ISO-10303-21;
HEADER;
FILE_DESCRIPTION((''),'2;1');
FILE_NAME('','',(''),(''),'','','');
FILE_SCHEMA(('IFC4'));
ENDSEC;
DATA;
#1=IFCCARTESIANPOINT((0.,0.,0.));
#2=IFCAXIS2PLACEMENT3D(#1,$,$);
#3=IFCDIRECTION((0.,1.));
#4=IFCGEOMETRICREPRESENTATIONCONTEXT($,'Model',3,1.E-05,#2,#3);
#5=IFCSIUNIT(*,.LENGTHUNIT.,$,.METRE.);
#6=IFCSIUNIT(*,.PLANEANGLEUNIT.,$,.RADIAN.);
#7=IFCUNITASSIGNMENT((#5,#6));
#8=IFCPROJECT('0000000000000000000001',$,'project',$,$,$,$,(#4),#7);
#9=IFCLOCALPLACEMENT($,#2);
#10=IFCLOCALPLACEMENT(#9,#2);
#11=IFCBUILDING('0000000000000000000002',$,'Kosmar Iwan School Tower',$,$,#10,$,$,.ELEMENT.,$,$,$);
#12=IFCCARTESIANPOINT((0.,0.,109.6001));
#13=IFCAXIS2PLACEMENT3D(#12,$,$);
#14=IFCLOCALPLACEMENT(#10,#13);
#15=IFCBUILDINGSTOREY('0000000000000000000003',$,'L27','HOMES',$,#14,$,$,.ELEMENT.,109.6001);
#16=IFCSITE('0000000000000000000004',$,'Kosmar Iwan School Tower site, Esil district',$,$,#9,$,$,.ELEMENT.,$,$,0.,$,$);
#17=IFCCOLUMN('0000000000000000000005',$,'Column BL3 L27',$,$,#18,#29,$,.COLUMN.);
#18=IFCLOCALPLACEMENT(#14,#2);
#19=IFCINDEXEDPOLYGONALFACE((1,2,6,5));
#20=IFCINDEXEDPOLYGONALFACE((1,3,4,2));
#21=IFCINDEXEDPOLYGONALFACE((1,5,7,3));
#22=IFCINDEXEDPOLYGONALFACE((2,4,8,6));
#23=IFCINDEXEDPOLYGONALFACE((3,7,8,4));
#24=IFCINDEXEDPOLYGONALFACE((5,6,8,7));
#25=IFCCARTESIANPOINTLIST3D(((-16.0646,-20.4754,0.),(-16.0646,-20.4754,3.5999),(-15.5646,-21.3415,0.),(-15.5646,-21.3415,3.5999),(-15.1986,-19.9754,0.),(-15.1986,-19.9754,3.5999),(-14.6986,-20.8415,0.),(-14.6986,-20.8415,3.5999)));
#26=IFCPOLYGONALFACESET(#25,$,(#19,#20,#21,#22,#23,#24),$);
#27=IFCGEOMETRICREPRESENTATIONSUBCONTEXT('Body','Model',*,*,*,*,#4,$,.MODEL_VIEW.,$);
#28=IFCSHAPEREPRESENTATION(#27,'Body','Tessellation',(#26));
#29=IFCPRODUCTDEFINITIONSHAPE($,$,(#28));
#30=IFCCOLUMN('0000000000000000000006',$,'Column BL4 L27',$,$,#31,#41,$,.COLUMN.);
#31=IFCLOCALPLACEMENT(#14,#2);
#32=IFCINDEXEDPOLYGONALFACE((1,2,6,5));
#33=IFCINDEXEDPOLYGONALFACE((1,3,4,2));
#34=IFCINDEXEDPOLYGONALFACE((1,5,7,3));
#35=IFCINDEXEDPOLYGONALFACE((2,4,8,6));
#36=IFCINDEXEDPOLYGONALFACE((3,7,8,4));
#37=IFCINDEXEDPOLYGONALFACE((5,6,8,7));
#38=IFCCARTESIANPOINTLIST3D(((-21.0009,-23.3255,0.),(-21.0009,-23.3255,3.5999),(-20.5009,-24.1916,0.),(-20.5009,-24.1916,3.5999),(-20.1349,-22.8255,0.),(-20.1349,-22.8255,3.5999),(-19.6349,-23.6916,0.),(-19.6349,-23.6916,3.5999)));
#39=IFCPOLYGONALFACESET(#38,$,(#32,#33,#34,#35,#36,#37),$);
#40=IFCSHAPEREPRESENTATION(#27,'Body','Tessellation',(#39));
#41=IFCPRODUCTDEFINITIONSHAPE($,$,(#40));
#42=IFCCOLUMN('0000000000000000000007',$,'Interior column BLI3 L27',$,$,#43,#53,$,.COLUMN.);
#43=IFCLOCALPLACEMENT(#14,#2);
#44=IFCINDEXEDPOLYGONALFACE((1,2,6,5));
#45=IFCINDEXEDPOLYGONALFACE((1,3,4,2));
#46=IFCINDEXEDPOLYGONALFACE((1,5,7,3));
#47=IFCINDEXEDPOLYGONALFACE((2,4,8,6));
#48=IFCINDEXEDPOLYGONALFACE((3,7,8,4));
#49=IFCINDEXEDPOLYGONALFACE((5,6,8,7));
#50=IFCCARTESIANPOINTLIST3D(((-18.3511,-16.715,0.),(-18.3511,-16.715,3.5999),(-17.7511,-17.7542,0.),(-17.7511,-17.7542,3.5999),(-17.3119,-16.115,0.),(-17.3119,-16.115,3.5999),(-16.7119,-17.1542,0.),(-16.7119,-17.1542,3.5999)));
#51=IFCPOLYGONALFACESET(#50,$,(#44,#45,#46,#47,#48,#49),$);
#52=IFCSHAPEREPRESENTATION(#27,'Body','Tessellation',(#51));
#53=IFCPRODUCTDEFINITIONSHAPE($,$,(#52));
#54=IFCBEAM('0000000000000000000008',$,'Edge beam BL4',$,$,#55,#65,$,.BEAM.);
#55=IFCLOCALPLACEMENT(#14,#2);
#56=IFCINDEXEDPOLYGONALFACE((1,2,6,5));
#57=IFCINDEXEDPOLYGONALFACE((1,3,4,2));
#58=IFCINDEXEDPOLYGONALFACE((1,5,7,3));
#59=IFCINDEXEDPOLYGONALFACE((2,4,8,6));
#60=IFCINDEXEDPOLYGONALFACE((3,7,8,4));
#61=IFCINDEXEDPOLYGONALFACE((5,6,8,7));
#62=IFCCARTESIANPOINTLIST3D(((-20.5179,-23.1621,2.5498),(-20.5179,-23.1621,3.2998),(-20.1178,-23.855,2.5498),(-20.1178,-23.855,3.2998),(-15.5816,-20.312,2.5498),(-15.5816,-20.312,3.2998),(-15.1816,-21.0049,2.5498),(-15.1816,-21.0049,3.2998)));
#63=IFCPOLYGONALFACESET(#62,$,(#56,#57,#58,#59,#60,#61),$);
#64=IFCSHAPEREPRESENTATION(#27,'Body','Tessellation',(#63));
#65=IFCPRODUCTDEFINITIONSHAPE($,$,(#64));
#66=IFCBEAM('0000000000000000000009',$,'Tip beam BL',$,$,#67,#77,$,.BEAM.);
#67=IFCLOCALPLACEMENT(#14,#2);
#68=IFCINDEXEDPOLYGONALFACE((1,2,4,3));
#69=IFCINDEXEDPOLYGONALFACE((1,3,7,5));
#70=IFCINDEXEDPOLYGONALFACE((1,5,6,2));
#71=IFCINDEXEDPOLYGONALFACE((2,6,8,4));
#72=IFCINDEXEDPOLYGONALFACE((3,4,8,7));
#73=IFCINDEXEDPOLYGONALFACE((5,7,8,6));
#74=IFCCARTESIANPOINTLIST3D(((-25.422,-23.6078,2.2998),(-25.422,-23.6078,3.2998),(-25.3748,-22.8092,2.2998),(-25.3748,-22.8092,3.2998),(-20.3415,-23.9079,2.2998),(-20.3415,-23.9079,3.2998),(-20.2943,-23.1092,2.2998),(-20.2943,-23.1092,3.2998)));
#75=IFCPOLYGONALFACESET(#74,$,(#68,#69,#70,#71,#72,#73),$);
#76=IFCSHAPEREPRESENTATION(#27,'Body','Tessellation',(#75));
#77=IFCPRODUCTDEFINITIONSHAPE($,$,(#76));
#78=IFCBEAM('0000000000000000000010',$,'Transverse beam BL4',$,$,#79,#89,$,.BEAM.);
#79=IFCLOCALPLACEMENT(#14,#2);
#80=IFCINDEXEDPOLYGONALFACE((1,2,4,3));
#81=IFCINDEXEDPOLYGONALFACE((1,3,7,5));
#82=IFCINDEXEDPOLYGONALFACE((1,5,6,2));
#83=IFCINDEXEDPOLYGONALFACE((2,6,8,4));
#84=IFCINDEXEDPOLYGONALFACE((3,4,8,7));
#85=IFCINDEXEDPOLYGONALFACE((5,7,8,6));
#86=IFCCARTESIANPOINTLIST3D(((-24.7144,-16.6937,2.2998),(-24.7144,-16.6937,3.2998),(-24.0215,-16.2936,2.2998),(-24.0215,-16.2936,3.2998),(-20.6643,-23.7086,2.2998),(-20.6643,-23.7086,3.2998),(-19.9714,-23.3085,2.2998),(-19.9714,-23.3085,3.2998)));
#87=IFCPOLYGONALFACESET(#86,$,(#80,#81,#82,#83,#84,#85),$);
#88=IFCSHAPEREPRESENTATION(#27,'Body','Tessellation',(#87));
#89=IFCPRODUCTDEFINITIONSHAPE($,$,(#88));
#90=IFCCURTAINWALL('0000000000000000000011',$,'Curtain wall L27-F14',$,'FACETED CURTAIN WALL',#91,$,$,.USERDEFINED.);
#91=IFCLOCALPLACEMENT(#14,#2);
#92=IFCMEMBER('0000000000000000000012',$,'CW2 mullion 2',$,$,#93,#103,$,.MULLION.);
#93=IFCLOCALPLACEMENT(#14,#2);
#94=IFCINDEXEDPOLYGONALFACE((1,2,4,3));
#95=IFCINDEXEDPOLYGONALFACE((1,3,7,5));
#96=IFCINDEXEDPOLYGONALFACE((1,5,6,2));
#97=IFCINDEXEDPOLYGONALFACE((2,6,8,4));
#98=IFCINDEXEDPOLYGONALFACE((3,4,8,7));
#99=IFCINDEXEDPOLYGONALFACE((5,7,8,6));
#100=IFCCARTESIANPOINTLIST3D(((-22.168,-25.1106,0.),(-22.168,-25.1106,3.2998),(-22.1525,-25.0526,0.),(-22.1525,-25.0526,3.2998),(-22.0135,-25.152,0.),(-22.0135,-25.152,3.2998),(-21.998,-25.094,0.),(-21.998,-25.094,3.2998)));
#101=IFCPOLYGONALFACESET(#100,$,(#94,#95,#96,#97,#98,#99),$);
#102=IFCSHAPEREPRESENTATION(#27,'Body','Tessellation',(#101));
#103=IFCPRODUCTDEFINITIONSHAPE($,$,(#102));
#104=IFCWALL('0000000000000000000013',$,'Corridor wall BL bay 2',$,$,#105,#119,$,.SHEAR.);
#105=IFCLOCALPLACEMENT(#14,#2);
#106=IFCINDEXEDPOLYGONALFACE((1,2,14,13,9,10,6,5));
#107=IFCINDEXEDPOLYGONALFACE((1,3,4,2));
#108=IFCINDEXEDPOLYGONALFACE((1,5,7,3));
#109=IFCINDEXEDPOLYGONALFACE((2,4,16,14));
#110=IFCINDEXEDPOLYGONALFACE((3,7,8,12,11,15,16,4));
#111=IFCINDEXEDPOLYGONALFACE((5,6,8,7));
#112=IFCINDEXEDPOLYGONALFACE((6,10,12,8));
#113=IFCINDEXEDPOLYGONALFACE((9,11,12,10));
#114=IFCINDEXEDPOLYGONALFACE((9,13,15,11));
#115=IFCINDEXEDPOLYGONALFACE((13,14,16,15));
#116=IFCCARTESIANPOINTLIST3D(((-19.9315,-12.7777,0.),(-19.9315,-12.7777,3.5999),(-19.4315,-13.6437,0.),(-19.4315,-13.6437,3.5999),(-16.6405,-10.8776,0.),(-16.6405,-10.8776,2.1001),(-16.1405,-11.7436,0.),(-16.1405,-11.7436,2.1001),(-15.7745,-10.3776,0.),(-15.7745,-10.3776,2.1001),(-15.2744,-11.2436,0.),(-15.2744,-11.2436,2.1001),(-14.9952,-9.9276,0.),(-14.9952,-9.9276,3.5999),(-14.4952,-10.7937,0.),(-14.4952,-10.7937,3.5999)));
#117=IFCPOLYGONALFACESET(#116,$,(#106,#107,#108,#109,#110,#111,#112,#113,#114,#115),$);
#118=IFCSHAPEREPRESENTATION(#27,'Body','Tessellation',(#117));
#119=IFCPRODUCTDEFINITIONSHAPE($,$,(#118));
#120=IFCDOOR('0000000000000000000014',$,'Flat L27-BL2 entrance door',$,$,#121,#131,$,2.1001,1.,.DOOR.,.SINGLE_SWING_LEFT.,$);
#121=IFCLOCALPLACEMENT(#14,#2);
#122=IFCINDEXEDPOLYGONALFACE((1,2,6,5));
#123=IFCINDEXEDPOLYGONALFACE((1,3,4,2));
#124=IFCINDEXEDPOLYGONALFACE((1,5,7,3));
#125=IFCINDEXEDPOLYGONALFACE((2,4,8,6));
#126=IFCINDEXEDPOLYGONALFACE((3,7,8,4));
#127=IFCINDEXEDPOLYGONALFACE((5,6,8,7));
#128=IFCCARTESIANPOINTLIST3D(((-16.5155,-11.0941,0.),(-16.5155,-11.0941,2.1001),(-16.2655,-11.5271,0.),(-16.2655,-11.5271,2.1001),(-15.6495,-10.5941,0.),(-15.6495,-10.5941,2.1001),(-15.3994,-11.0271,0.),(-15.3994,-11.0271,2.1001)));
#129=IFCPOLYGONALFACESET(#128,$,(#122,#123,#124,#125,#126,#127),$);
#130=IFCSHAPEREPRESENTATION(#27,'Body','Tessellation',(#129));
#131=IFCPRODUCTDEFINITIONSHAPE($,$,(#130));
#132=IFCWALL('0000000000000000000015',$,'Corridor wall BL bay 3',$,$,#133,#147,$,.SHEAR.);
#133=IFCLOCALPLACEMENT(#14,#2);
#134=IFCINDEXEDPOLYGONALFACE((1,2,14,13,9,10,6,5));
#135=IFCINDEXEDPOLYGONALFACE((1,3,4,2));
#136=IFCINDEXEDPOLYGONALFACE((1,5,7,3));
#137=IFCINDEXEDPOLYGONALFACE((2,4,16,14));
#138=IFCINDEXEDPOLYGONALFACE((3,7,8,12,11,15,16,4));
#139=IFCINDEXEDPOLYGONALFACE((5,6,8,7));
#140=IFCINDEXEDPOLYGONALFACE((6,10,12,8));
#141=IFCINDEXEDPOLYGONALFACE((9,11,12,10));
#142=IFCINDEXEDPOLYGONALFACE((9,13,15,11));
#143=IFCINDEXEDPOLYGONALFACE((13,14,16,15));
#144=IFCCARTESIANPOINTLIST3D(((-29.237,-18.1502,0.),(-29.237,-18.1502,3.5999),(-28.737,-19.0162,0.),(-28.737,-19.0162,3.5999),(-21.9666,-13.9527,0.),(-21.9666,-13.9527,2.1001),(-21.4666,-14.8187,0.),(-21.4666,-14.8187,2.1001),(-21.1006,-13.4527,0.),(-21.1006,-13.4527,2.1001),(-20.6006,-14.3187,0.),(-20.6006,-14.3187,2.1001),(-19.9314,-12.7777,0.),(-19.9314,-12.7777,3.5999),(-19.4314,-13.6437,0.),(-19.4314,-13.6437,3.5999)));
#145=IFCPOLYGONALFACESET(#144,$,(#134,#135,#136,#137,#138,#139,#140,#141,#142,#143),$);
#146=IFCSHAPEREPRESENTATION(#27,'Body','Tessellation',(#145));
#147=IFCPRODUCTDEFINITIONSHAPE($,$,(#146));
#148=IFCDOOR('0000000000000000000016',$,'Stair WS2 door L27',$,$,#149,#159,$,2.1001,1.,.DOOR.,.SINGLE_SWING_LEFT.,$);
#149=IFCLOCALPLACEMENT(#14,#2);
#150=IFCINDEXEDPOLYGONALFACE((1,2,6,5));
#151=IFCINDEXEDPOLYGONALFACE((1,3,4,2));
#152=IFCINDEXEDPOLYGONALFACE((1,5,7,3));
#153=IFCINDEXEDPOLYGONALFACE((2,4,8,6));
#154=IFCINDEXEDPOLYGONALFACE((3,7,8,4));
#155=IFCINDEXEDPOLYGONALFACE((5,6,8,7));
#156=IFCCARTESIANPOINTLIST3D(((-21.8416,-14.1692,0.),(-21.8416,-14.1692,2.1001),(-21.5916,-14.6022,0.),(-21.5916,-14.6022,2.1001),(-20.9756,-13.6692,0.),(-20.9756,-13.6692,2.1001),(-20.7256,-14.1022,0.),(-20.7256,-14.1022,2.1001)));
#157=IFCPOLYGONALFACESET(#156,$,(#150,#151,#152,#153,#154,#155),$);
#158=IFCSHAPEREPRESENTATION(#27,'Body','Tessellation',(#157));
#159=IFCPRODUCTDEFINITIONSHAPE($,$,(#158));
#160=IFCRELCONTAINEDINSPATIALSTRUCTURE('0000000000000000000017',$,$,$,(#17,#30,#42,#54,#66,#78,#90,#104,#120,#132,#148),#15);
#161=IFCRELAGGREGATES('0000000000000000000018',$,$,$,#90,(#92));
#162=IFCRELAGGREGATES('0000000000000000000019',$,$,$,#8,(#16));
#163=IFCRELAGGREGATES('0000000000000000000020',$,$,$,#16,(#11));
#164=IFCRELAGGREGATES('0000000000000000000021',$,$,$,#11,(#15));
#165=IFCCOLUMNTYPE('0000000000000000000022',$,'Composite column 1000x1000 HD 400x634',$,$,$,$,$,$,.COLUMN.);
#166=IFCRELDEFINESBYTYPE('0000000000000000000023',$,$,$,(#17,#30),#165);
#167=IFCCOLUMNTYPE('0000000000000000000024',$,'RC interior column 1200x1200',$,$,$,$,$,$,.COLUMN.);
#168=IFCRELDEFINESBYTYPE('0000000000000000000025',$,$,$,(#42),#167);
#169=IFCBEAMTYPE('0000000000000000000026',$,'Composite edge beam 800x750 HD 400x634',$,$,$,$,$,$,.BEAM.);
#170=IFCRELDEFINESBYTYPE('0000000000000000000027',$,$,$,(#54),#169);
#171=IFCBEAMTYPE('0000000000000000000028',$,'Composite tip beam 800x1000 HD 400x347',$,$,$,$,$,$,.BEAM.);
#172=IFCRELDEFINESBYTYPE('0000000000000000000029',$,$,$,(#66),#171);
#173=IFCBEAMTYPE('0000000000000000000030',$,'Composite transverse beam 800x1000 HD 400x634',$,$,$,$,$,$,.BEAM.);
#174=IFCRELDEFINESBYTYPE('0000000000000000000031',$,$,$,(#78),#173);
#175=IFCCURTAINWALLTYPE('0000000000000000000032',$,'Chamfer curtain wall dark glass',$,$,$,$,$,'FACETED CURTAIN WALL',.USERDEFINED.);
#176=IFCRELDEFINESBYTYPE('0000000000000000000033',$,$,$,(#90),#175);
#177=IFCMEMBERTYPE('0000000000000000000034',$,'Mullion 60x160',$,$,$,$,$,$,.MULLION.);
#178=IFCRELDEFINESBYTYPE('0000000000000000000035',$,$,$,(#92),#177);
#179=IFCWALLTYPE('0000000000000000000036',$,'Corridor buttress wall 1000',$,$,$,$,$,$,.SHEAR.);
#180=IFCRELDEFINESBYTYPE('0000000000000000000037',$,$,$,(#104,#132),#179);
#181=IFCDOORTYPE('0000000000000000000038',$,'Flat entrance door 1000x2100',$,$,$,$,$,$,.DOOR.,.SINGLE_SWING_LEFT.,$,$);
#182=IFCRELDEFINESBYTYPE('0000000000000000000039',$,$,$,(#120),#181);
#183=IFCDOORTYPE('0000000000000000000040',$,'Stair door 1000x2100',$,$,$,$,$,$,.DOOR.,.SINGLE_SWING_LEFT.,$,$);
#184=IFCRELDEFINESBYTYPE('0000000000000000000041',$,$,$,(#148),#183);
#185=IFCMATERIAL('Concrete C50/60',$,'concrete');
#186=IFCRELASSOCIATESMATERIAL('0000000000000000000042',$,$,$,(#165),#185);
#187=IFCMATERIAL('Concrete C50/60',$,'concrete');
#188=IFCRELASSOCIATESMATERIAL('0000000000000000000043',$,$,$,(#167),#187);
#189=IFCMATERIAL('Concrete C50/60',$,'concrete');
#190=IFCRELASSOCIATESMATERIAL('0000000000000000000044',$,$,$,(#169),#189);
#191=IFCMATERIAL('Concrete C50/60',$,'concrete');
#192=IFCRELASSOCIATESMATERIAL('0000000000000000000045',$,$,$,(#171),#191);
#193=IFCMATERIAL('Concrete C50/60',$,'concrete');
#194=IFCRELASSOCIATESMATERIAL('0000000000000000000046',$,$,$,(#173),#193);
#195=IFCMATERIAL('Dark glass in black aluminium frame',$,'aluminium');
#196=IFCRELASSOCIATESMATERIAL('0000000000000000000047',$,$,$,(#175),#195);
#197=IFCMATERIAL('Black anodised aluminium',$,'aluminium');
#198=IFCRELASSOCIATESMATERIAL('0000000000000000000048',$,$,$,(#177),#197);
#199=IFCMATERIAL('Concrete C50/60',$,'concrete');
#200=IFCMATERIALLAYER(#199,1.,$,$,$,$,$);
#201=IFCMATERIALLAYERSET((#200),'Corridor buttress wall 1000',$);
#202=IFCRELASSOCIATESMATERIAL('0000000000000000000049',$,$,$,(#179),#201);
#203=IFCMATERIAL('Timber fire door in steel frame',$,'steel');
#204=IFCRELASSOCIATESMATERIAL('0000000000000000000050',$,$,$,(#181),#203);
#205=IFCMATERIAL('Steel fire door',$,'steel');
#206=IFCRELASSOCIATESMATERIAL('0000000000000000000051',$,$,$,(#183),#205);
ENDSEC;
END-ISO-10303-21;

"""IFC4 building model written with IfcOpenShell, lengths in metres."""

from ifc_helpers import new_model, si_unit, direction, frame, frame_2d, origin, origin_2d, place, context, subcontext, project, spatial, rectangle, extrude, material, layer, layer_set, material_profile, profile_set, type_object, element, fill, aggregate, save


model = new_model("IFC4")

# Units and contexts
model_context = context("Model", 3, precision=1e-05, world=origin(), true_north=direction((0.0, 1.0)))
body_context = subcontext(model_context, "Body", "Model", "MODEL_VIEW")
ifc_project = project(units=[si_unit("LENGTHUNIT", "METRE"), si_unit("PLANEANGLEUNIT", "RADIAN")], contexts=[model_context])

# Site, building, storey
site_placement = place(None, origin())
site = spatial("IfcSite", under=ifc_project, at=site_placement, Name="Kosmar Iwan School Tower site, Esil district", CompositionType="ELEMENT", RefElevation=0.0)
building_placement = place(site_placement, origin())
building = spatial("IfcBuilding", under=site, at=building_placement, Name="Kosmar Iwan School Tower", CompositionType="ELEMENT")
storey_placement = place(building_placement, frame((0.0, 0.0, 109.6001)))
storey = spatial("IfcBuildingStorey", under=building, at=storey_placement, Name="L27", Description="HOMES", CompositionType="ELEMENT", Elevation=109.6001)

# Columns
ifc_material_1 = material(Name="Concrete C50/60", Category="concrete")
ifc_material_profile_1 = material_profile(ifc_material_1, rectangle(XDim=1.0, YDim=1.0, at=origin_2d()), Name="RC 1000x1000 + HD 400x634")
ifc_profile_set_1 = profile_set([ifc_material_profile_1], Name="Concrete C50/60")
column_type_1 = type_object("IfcColumnType", Name="Composite column 1000x1000 HD 400x634", PredefinedType="COLUMN", material=ifc_profile_set_1)
for number, where, z_axis, x_axis, name in (
    (1, (-15.3816, -20.6584, 0.0), (0.0, 0.0, 1.0), (-0.866025, -0.5, 0.0), "Column BL3 L27"),
    (2, (-20.3179, -23.5085, 0.0), (0.0, 0.0, 1.0), (-0.866025, -0.5, 0.0), "Column BL4 L27"),
):
    element("IfcColumn", number, at=place(storey_placement, frame(where, z_axis=z_axis, x_axis=x_axis)), inside=storey, type_object=column_type_1, Name=name, PredefinedType="COLUMN", context=body_context, shape_type="SweptSolid", body=[
        extrude(rectangle(XDim=1.0, YDim=1.0, at=origin_2d()), origin(), (0.0, 0.0, 1.0), 3.5999),
    ])
ifc_material_2 = material(Name="Concrete C50/60", Category="concrete")
ifc_material_profile_2 = material_profile(ifc_material_2, rectangle(XDim=1.2, YDim=1.2, at=origin_2d()), Name="RC 1200x1200")
ifc_profile_set_2 = profile_set([ifc_material_profile_2], Name="Concrete C50/60")
column_type_2 = type_object("IfcColumnType", Name="RC interior column 1200x1200", PredefinedType="COLUMN", material=ifc_profile_set_2)
column_placement = place(storey_placement, frame((-17.5315, -16.9346, 0.0), z_axis=(0.0, 0.0, 1.0), x_axis=(-0.866025, -0.5, 0.0)))
element("IfcColumn", 3, at=column_placement, inside=storey, type_object=column_type_2, Name="Interior column BLI3 L27", PredefinedType="COLUMN", context=body_context, shape_type="SweptSolid", body=[
    extrude(rectangle(XDim=1.2, YDim=1.2, at=origin_2d()), origin(), (0.0, 0.0, 1.0), 3.5999),
])

# Beams
ifc_material_3 = material(Name="Concrete C50/60", Category="concrete")
ifc_material_profile_3 = material_profile(ifc_material_3, rectangle(XDim=0.8, YDim=0.75, at=origin_2d()), Name="RC 800x750 + HD 400x634")
ifc_profile_set_3 = profile_set([ifc_material_profile_3], Name="Concrete C50/60")
beam_type_1 = type_object("IfcBeamType", Name="Composite edge beam 800x750 HD 400x634", PredefinedType="BEAM", material=ifc_profile_set_3)
beam_1_placement = place(storey_placement, frame((-15.3816, -20.6584, 2.9248), z_axis=(-0.866015, -0.500018, 0.0), x_axis=(0.500018, -0.866015, 0.0)))
element("IfcBeam", 4, at=beam_1_placement, inside=storey, type_object=beam_type_1, Name="Edge beam BL4", PredefinedType="BEAM", context=body_context, shape_type="SweptSolid", body=[
    extrude(rectangle(XDim=0.8, YDim=0.75, at=origin_2d()), origin(), (0.0, 0.0, 1.0), 5.7),
])
ifc_material_4 = material(Name="Concrete C50/60", Category="concrete")
ifc_material_profile_4 = material_profile(ifc_material_4, rectangle(XDim=0.8, YDim=1.0, at=origin_2d()), Name="RC 800x1000 + HD 400x347")
ifc_profile_set_4 = profile_set([ifc_material_profile_4], Name="Concrete C50/60")
beam_type_2 = type_object("IfcBeamType", Name="Composite tip beam 800x1000 HD 400x347", PredefinedType="BEAM", material=ifc_profile_set_4)
beam_2_placement = place(storey_placement, frame((-20.3179, -23.5085, 2.7998), z_axis=(-0.998261, 0.058955, 0.0), x_axis=(-0.058955, -0.998261, 0.0)))
element("IfcBeam", 5, at=beam_2_placement, inside=storey, type_object=beam_type_2, Name="Tip beam BL", PredefinedType="BEAM", context=body_context, shape_type="SweptSolid", body=[
    extrude(rectangle(XDim=0.8, YDim=1.0, at=origin_2d()), origin(), (0.0, 0.0, 1.0), 5.0894),
])
ifc_material_5 = material(Name="Concrete C50/60", Category="concrete")
ifc_material_profile_5 = material_profile(ifc_material_5, rectangle(XDim=0.8, YDim=1.0, at=origin_2d()), Name="RC 800x1000 + HD 400x634")
ifc_profile_set_5 = profile_set([ifc_material_profile_5], Name="Concrete C50/60")
beam_type_3 = type_object("IfcBeamType", Name="Composite transverse beam 800x1000 HD 400x634", PredefinedType="BEAM", material=ifc_profile_set_5)
beam_3_placement = place(storey_placement, frame((-20.3179, -23.5085, 2.7998), z_axis=(-0.5, 0.866025, 0.0), x_axis=(-0.866025, -0.5, 0.0)))
element("IfcBeam", 6, at=beam_3_placement, inside=storey, type_object=beam_type_3, Name="Transverse beam BL4", PredefinedType="BEAM", context=body_context, shape_type="SweptSolid", body=[
    extrude(rectangle(XDim=0.8, YDim=1.0, at=origin_2d()), origin(), (0.0, 0.0, 1.0), 8.1001),
])

# Curtain wall, member
ifc_material_6 = material(Name="Dark glass in black aluminium frame", Category="aluminium")
curtain_wall_type = type_object("IfcCurtainWallType", Name="Chamfer curtain wall dark glass", ElementType="FACETED CURTAIN WALL", PredefinedType="USERDEFINED", material=ifc_material_6)
curtain_wall_placement = place(storey_placement, origin())
curtain_wall = element("IfcCurtainWall", 7, at=curtain_wall_placement, inside=storey, type_object=curtain_wall_type, Name="Curtain wall L27-F14", ObjectType="FACETED CURTAIN WALL", PredefinedType="USERDEFINED")
ifc_material_7 = material(Name="Black anodised aluminium", Category="aluminium")
ifc_material_profile_6 = material_profile(ifc_material_7, rectangle(XDim=0.0601, YDim=0.1599, at=origin_2d()), Name="MULLION 60x160")
ifc_profile_set_6 = profile_set([ifc_material_profile_6], Name="Black anodised aluminium")
member_type = type_object("IfcMemberType", Name="Mullion 60x160", PredefinedType="MULLION", material=ifc_profile_set_6)
member_placement = place(storey_placement, frame((-22.083, -25.1023, 0.0), z_axis=(0.0, 0.0, 1.0), x_axis=(0.258819, 0.965926, 0.0)))
member = element("IfcMember", 8, at=member_placement, type_object=member_type, Name="CW2 mullion 2", PredefinedType="MULLION", context=body_context, shape_type="SweptSolid", body=[
    extrude(rectangle(XDim=0.0601, YDim=0.1599, at=origin_2d()), origin(), (0.0, 0.0, 1.0), 3.2998),
])
aggregate(curtain_wall, [member])

# Walls, openings, doors
ifc_material_8 = material(Name="Concrete C50/60", Category="concrete")
ifc_layer_1 = layer(ifc_material_8, 1.0)
ifc_layer_set_1 = layer_set([ifc_layer_1], Name="Corridor buttress wall 1000")
wall_type_1 = type_object("IfcWallType", Name="Corridor buttress wall 1000", PredefinedType="SHEAR", material=ifc_layer_set_1)
wall_1_placement = place(storey_placement, frame((-14.7451, -10.3606, 0.0), z_axis=(0.0, 0.0, 1.0), x_axis=(-0.866015, -0.500018, 0.0)))
wall_1 = element("IfcWall", 9, at=wall_1_placement, inside=storey, type_object=wall_type_1, Name="Corridor wall BL bay 2", PredefinedType="SHEAR", context=body_context, shape_type="SweptSolid", body=[
    extrude(rectangle(XDim=5.7, YDim=1.0, at=frame_2d((2.8501, 0.0))), origin(), (0.0, 0.0, 1.0), 3.5999),
])
opening_1_placement = place(wall_1_placement, frame((0.8999, 0.0, 0.0)))
opening_1 = element("IfcOpeningElement", 10, at=opening_1_placement, cuts=wall_1, PredefinedType="OPENING", context=body_context, shape_type="SweptSolid", body=[
    extrude(rectangle(XDim=1.0, YDim=2.1001, at=frame_2d((0.5, 1.05))), frame((0.0, 0.512, 0.0), z_axis=(0.0, -1.0, 0.0), x_axis=(1.0, 0.0, 0.0)), (0.0, 0.0, 1.0), 1.0239),
])
ifc_material_9 = material(Name="Timber fire door in steel frame", Category="steel")
door_type_1 = type_object("IfcDoorType", Name="Flat entrance door 1000x2100", OperationType="SINGLE_SWING_LEFT", PredefinedType="DOOR", material=ifc_material_9)
door_1_placement = place(opening_1_placement, origin())
door_1 = element("IfcDoor", 11, at=door_1_placement, inside=storey, type_object=door_type_1, Name="Flat L27-BL2 entrance door", OperationType="SINGLE_SWING_LEFT", OverallHeight=2.1001, OverallWidth=1.0, PredefinedType="DOOR", context=body_context, shape_type="SweptSolid", body=[
    extrude(rectangle(XDim=1.0, YDim=2.1001, at=frame_2d((0.5, 1.05))), frame((0.0, 0.25, 0.0), z_axis=(0.0, -1.0, 0.0), x_axis=(1.0, 0.0, 0.0)), (0.0, 0.0, 1.0), 0.5),
])
fill(opening_1, door_1)
wall_2_placement = place(storey_placement, frame((-19.6814, -13.2107, 0.0), z_axis=(0.0, 0.0, 1.0), x_axis=(-0.866028, -0.499995, 0.0)))
wall_2 = element("IfcWall", 12, at=wall_2_placement, inside=storey, type_object=wall_type_1, Name="Corridor wall BL bay 3", PredefinedType="SHEAR", context=body_context, shape_type="SweptSolid", body=[
    extrude(rectangle(XDim=10.7451, YDim=1.0, at=frame_2d((5.3726, 0.0))), origin(), (0.0, 0.0, 1.0), 3.5999),
])
opening_2_placement = place(wall_2_placement, frame((1.3501, 0.0, 0.0)))
opening_2 = element("IfcOpeningElement", 13, at=opening_2_placement, cuts=wall_2, PredefinedType="OPENING", context=body_context, shape_type="SweptSolid", body=[
    extrude(rectangle(XDim=1.0, YDim=2.1001, at=frame_2d((0.5, 1.05))), frame((0.0, 0.512, 0.0), z_axis=(0.0, -1.0, 0.0), x_axis=(1.0, 0.0, 0.0)), (0.0, 0.0, 1.0), 1.0239),
])
ifc_material_10 = material(Name="Steel fire door", Category="steel")
door_type_2 = type_object("IfcDoorType", Name="Stair door 1000x2100", OperationType="SINGLE_SWING_LEFT", PredefinedType="DOOR", material=ifc_material_10)
door_2_placement = place(opening_2_placement, origin())
door_2 = element("IfcDoor", 14, at=door_2_placement, inside=storey, type_object=door_type_2, Name="Stair WS2 door L27", OperationType="SINGLE_SWING_LEFT", OverallHeight=2.1001, OverallWidth=1.0, PredefinedType="DOOR", context=body_context, shape_type="SweptSolid", body=[
    extrude(rectangle(XDim=1.0, YDim=2.1001, at=frame_2d((0.5, 1.05))), frame((0.0, 0.25, 0.0), z_axis=(0.0, -1.0, 0.0), x_axis=(1.0, 0.0, 0.0)), (0.0, 0.0, 1.0), 0.5),
])
fill(opening_2, door_2)

save(model, "model.ifc")
